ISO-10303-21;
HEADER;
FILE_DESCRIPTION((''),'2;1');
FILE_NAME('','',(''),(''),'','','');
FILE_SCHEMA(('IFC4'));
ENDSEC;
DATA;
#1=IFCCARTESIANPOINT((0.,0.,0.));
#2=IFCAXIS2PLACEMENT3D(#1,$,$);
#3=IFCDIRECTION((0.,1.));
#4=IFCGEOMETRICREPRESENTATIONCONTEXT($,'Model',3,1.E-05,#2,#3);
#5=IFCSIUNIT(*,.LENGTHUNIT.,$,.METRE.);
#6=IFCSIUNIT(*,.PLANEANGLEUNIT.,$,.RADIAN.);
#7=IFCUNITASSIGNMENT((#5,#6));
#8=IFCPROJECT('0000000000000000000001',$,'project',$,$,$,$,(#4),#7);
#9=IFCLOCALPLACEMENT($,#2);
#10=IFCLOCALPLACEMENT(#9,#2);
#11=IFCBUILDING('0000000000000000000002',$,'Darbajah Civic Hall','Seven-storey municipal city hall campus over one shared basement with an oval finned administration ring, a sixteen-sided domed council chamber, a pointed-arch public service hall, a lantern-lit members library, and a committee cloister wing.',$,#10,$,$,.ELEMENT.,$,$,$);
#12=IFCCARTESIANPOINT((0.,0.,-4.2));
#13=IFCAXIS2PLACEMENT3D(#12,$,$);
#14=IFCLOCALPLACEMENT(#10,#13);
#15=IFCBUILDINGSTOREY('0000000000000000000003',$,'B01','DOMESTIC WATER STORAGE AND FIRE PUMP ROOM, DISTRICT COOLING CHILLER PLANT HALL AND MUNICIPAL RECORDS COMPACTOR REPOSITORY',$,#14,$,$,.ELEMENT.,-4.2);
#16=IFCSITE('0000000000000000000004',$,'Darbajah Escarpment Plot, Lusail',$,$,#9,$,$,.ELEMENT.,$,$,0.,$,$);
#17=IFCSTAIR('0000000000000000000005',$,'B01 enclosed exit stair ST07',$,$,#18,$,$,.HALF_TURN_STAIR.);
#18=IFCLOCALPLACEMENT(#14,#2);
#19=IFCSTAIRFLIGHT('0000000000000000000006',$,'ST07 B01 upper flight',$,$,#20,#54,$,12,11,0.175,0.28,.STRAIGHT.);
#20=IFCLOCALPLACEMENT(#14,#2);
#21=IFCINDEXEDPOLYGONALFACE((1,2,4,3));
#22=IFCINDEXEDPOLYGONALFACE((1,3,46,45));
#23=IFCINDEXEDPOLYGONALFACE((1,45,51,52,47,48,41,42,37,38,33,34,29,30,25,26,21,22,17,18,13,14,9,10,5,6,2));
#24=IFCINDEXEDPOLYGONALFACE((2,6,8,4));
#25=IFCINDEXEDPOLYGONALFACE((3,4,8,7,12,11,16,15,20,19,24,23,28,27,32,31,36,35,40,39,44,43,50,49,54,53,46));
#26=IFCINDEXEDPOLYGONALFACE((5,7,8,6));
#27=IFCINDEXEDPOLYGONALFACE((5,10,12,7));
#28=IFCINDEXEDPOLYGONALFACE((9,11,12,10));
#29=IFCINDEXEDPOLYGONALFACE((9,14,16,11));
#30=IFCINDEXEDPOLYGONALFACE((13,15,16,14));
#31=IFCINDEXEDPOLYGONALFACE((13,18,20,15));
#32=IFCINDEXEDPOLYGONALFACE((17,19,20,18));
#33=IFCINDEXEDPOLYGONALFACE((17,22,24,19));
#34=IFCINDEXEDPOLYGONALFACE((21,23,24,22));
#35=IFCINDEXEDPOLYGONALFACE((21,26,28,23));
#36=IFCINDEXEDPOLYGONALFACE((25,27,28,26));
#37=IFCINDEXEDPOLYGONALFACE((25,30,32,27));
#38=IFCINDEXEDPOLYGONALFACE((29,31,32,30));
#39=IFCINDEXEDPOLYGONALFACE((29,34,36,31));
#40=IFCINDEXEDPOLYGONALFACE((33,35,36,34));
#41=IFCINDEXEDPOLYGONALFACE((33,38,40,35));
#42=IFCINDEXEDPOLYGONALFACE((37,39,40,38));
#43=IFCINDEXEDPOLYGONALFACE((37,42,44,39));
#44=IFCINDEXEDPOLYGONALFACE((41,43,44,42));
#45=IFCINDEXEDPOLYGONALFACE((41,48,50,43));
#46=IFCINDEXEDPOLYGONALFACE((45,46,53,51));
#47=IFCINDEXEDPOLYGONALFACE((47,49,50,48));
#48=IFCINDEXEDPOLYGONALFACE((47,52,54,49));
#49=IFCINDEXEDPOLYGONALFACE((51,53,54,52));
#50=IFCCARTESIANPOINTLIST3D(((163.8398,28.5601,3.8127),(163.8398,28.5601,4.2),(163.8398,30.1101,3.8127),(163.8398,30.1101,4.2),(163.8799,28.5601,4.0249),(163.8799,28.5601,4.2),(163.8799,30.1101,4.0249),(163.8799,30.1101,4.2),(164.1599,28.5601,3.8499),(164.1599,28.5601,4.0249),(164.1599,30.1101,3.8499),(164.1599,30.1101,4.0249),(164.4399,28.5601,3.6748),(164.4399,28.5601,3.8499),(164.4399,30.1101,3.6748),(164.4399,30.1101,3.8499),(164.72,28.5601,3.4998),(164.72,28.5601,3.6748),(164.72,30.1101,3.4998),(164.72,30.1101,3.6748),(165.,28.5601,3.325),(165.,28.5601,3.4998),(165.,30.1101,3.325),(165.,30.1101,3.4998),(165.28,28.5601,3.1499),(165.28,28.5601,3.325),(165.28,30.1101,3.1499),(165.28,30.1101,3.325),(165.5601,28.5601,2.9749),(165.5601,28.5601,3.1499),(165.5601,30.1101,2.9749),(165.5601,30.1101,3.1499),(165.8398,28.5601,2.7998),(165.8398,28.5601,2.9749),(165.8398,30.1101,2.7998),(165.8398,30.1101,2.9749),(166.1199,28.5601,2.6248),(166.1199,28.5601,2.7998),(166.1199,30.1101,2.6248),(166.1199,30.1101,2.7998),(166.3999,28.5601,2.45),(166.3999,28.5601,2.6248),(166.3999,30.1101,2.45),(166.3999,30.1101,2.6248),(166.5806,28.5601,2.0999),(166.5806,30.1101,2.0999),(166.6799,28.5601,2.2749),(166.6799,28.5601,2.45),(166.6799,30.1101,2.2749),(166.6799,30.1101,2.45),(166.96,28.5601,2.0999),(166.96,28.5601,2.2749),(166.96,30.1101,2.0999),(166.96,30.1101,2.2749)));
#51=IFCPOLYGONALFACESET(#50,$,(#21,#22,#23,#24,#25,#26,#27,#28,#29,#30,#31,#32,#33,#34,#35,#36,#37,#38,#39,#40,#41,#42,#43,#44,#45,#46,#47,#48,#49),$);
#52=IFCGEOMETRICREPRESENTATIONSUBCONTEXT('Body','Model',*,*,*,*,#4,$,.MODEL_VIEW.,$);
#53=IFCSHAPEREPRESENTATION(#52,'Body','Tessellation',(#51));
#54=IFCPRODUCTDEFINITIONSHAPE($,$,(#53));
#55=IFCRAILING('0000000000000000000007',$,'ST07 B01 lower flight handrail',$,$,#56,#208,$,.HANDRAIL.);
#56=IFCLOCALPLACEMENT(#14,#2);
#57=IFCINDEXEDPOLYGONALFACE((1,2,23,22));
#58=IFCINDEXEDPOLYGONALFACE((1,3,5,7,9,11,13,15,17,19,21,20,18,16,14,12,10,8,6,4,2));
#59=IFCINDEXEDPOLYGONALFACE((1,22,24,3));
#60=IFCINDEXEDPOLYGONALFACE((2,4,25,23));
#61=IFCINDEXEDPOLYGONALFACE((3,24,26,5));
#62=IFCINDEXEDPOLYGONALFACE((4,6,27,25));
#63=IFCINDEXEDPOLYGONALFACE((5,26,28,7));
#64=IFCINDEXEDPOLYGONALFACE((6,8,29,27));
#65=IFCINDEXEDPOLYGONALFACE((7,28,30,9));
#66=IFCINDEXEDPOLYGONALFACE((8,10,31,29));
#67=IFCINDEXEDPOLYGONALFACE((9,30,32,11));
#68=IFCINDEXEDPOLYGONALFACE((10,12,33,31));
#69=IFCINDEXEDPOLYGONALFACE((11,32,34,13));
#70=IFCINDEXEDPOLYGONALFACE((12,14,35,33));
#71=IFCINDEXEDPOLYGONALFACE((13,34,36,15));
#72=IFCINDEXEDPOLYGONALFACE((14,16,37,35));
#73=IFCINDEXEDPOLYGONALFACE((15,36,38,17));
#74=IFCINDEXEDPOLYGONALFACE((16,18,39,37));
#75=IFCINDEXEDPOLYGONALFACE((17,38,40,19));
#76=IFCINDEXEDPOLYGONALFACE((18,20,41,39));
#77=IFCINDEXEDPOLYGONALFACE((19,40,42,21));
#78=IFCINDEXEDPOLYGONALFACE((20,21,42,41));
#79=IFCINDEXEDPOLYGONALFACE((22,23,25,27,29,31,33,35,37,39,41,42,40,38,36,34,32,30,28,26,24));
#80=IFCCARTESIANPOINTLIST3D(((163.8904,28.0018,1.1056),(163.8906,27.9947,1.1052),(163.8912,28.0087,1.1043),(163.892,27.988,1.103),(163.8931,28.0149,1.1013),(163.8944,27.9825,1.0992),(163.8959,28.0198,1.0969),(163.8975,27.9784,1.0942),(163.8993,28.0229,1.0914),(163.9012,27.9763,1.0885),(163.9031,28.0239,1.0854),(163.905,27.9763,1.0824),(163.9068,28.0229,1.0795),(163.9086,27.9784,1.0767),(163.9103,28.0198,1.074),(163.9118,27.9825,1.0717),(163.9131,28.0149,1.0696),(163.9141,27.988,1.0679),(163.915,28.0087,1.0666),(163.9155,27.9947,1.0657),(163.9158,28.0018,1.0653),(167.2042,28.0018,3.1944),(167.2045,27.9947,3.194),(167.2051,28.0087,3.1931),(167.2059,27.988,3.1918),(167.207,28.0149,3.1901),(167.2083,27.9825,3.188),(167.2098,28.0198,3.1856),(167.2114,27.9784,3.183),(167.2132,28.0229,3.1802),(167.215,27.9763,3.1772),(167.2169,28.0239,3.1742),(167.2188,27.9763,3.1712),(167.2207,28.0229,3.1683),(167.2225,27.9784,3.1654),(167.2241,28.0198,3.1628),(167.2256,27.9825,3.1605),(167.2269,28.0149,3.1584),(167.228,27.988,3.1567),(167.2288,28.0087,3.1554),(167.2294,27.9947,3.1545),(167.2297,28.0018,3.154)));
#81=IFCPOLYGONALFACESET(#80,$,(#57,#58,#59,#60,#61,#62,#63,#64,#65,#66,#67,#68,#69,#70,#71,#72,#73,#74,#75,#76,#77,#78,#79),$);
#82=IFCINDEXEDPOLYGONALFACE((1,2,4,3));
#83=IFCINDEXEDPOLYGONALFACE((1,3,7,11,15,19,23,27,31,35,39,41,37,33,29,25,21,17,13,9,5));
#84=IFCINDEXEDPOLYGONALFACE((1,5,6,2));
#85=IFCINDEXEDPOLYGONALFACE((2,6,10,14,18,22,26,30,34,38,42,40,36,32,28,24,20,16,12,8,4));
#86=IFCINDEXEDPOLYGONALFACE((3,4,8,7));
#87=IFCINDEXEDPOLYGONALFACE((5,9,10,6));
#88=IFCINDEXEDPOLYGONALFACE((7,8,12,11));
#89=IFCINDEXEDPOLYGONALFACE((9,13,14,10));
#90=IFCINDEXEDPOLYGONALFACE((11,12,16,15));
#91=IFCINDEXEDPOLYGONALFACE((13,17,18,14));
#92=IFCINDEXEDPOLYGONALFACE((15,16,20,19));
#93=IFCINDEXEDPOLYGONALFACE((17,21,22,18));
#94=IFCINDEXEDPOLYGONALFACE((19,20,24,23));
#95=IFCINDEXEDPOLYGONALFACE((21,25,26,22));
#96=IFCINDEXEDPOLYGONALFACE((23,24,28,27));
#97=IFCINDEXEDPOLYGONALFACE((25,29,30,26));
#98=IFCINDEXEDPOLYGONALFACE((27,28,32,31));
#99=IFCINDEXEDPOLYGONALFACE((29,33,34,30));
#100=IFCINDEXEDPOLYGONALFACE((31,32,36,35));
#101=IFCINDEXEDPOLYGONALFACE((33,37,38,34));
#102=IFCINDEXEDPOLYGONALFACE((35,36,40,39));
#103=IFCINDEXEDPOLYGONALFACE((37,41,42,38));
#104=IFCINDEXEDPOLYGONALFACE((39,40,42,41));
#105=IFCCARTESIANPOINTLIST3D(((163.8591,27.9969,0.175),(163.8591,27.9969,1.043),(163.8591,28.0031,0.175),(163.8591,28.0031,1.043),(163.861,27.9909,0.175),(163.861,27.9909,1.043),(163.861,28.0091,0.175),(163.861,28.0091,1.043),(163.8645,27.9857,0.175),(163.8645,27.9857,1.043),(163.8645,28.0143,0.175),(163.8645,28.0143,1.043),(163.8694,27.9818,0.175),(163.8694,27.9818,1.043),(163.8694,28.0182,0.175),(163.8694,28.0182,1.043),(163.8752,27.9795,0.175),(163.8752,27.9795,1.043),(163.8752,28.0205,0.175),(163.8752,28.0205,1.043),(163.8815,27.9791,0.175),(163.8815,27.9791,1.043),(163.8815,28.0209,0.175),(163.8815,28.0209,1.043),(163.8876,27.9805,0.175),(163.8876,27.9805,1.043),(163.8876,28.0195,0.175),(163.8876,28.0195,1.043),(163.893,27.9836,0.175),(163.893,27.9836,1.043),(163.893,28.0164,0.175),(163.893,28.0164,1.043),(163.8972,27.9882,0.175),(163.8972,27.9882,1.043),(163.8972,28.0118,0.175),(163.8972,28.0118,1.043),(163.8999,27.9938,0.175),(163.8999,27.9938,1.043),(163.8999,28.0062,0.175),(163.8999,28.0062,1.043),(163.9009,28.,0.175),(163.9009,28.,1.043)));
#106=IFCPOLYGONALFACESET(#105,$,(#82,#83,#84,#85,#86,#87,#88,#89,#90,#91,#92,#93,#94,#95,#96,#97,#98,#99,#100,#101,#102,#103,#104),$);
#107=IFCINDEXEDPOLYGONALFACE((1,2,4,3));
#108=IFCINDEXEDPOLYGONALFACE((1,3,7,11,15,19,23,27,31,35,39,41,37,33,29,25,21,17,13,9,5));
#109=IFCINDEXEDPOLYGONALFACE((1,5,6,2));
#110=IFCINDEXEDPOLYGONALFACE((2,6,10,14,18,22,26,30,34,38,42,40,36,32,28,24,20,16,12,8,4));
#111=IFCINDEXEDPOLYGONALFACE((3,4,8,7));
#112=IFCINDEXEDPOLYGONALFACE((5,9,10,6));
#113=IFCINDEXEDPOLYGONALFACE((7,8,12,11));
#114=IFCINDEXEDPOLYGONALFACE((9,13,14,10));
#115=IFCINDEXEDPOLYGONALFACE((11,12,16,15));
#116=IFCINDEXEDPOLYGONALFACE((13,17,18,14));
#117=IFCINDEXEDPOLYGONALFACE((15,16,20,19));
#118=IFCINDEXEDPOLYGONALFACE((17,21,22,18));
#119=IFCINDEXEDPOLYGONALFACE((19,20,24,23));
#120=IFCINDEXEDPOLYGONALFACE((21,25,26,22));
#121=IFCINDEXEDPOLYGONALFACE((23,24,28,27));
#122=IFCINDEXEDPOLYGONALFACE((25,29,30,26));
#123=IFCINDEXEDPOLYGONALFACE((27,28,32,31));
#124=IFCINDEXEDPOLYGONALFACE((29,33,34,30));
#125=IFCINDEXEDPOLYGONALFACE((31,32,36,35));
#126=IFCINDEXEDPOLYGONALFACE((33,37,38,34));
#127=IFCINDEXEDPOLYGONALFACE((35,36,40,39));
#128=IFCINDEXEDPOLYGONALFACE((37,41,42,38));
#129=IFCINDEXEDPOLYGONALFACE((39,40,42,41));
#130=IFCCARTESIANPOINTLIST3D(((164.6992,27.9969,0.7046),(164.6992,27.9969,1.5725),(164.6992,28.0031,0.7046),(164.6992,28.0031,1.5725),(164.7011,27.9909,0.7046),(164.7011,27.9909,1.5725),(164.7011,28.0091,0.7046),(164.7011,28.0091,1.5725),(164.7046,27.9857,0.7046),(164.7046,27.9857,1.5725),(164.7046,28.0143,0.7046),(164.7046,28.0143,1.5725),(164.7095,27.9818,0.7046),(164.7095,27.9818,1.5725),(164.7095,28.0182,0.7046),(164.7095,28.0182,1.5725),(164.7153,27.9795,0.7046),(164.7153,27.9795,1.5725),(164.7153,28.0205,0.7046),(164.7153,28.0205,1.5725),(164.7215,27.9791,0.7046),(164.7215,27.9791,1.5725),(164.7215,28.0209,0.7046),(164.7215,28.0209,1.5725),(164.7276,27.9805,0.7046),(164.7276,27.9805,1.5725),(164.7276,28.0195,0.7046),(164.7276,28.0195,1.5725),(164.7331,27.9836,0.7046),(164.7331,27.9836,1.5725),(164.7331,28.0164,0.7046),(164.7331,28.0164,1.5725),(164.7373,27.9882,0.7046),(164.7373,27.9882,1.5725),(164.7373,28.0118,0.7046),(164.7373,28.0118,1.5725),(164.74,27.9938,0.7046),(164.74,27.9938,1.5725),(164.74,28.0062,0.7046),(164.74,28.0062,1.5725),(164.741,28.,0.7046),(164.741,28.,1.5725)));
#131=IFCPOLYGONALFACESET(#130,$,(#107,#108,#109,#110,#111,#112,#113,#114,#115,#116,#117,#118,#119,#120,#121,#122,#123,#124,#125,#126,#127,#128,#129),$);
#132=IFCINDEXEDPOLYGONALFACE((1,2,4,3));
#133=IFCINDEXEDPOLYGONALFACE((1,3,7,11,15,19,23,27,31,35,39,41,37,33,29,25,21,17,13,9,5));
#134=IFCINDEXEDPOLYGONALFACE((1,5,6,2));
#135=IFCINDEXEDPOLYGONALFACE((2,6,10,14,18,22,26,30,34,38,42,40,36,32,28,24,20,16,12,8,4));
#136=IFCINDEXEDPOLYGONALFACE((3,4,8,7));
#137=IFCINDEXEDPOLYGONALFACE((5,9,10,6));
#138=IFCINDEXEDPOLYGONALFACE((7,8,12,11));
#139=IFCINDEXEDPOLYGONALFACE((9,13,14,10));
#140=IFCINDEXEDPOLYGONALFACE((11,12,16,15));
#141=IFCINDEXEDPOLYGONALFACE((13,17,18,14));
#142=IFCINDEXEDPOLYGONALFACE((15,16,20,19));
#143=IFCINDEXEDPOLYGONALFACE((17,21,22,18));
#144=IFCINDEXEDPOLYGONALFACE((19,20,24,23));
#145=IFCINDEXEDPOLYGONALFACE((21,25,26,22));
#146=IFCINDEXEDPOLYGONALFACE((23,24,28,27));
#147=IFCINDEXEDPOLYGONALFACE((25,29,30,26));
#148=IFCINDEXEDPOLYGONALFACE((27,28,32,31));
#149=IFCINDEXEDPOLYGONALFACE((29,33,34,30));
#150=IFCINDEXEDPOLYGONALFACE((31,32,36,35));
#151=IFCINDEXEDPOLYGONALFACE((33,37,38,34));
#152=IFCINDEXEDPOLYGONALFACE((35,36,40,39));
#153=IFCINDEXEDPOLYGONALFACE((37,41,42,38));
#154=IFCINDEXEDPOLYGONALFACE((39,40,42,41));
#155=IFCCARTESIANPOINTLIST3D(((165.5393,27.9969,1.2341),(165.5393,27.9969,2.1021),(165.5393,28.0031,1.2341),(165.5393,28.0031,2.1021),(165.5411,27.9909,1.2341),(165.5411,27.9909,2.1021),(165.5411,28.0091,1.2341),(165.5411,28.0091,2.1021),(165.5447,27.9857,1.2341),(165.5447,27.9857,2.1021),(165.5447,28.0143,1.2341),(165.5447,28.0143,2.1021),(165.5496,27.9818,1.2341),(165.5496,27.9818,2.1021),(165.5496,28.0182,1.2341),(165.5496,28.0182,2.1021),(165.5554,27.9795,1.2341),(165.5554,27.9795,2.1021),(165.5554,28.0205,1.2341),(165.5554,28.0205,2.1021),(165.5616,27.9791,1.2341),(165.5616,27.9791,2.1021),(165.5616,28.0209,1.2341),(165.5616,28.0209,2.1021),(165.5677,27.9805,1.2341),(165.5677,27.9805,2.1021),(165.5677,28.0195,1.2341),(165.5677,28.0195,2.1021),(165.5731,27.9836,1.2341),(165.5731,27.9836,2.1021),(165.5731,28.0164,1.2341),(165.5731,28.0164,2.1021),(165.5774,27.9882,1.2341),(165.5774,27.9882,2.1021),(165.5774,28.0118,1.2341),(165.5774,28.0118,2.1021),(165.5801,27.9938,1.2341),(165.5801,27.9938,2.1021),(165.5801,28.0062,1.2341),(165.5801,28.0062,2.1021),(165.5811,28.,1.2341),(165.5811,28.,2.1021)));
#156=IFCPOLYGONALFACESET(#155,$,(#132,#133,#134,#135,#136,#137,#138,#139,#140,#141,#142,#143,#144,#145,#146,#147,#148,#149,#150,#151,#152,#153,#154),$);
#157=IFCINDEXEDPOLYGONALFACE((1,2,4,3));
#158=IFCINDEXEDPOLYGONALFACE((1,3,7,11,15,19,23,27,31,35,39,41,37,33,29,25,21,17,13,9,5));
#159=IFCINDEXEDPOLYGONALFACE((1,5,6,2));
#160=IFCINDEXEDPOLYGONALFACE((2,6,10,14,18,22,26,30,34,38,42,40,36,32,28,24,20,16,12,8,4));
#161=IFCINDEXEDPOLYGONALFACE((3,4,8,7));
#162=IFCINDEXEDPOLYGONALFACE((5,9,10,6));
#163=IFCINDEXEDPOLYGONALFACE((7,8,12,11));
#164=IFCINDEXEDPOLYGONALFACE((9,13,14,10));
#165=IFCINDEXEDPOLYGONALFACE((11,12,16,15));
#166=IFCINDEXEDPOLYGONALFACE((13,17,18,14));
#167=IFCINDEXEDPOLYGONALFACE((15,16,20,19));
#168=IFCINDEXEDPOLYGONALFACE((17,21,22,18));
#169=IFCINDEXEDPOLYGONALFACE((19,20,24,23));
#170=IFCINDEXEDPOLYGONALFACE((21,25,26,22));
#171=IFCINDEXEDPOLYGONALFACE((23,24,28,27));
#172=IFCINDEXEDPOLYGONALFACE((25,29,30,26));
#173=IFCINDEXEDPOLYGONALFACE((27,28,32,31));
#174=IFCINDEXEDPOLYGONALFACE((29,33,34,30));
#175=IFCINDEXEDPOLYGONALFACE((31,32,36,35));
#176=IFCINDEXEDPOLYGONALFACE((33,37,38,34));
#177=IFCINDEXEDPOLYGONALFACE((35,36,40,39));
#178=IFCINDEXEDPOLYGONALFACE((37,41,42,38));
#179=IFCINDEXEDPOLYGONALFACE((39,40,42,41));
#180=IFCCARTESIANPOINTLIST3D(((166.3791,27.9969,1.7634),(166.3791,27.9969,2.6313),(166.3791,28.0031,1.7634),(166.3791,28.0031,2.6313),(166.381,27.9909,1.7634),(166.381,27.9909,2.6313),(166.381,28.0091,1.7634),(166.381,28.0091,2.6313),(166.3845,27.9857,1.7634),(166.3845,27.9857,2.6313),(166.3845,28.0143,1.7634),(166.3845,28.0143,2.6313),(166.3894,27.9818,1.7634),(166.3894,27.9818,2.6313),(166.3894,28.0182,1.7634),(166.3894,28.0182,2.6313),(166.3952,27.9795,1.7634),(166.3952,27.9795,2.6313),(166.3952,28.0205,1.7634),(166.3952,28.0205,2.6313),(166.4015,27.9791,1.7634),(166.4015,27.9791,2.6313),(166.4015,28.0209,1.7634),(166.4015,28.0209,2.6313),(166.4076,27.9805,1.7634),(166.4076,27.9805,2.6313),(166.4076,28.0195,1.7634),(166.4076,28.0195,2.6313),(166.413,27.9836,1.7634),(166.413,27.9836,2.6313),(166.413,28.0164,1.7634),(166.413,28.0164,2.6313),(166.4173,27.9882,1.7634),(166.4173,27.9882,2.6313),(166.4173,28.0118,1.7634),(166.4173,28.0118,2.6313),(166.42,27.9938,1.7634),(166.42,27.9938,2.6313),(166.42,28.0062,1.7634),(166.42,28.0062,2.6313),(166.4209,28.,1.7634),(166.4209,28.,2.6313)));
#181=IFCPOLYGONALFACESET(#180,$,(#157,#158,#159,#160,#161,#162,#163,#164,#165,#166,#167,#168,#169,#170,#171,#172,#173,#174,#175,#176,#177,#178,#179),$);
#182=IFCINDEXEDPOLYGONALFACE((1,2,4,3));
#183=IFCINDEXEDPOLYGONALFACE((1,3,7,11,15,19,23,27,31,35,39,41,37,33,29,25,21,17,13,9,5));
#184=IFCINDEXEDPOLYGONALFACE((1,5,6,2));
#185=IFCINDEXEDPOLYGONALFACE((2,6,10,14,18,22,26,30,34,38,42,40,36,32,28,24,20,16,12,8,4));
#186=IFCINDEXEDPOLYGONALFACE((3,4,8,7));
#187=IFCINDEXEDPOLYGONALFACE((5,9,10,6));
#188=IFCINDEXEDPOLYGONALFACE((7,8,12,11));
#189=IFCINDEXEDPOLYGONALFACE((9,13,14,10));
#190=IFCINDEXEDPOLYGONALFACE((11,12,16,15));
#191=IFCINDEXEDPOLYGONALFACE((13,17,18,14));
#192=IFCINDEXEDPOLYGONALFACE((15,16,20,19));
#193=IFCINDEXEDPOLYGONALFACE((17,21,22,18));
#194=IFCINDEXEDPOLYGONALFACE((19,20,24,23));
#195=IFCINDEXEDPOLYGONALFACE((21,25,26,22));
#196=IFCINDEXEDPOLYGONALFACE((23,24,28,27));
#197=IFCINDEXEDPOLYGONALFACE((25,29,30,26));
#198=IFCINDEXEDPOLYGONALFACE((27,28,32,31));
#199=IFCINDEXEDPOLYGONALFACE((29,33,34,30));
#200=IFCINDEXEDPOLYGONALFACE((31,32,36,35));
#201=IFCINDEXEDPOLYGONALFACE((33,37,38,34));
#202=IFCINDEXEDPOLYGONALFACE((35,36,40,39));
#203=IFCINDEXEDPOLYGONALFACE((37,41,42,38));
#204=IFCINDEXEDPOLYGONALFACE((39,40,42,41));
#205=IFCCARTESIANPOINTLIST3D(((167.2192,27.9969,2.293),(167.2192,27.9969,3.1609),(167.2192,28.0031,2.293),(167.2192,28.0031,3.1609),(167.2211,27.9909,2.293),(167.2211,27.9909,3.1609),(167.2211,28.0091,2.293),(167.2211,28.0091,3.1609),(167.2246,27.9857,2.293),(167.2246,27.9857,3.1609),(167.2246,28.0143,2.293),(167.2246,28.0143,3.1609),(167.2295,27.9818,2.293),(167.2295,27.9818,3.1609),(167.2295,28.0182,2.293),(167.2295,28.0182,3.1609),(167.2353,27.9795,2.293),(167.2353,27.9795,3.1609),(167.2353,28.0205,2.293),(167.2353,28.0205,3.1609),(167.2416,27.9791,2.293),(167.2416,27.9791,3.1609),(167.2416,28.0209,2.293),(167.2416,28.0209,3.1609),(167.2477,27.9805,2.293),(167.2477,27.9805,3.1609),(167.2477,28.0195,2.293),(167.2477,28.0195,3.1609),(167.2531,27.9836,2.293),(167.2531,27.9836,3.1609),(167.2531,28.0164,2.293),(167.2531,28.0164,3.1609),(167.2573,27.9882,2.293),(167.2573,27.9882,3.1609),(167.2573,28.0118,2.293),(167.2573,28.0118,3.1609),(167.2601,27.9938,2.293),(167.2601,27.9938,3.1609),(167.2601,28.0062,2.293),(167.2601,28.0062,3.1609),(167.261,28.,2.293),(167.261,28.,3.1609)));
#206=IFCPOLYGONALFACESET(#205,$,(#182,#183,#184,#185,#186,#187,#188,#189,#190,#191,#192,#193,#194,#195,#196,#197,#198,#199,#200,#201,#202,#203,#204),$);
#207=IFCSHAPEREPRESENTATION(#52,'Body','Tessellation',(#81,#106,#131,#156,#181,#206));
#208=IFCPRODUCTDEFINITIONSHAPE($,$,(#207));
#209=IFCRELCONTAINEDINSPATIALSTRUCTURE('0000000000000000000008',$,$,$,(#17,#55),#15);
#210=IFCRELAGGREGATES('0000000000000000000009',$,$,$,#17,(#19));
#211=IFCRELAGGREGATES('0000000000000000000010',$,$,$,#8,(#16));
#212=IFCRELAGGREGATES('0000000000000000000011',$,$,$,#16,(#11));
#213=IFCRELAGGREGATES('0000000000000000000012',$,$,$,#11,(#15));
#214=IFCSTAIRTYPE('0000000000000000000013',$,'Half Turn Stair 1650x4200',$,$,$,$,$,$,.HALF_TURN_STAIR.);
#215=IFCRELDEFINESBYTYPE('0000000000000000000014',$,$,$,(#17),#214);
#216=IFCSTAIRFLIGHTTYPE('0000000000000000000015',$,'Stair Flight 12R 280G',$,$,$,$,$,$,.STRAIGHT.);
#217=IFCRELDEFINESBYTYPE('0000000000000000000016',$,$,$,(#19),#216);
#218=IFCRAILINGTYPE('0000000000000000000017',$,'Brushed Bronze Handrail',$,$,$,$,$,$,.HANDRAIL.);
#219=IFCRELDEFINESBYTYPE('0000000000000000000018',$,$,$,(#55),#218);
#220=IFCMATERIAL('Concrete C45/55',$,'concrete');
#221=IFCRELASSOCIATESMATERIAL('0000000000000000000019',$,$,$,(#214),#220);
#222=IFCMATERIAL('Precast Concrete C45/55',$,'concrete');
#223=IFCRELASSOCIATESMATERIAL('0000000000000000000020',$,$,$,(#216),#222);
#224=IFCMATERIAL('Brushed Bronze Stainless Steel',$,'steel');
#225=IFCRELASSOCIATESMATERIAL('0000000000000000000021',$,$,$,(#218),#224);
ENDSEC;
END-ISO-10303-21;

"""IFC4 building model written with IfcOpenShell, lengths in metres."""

from ifc_helpers import new_model, si_unit, direction, frame, origin, origin_2d, place, context, subcontext, project, spatial, polyline, circle, outline, extrude, material, type_object, element, aggregate, save


model = new_model("IFC4")

# Units and contexts
model_context = context("Model", 3, precision=1e-05, world=origin(), true_north=direction((0.0, 1.0)))
body_context = subcontext(model_context, "Body", "Model", "MODEL_VIEW")
ifc_project = project(units=[si_unit("LENGTHUNIT", "METRE"), si_unit("PLANEANGLEUNIT", "RADIAN")], contexts=[model_context])

# Site, building, storey
site_placement = place(None, origin())
site = spatial("IfcSite", under=ifc_project, at=site_placement, Name="Darbajah Escarpment Plot, Lusail", CompositionType="ELEMENT", RefElevation=0.0)
building_placement = place(site_placement, origin())
building = spatial("IfcBuilding", under=site, at=building_placement, Name="Darbajah Civic Hall", Description="Seven-storey municipal city hall campus over one shared basement with an oval finned administration ring, a sixteen-sided domed council chamber, a pointed-arch public service hall, a lantern-lit members library, and a committee cloister wing.", CompositionType="ELEMENT")
storey_placement = place(building_placement, frame((0.0, 0.0, -4.2)))
storey = spatial("IfcBuildingStorey", under=building, at=storey_placement, Name="B01", Description="DOMESTIC WATER STORAGE AND FIRE PUMP ROOM, DISTRICT COOLING CHILLER PLANT HALL AND MUNICIPAL RECORDS COMPACTOR REPOSITORY", CompositionType="ELEMENT", Elevation=-4.2)

# Shared definitions
ifc_material_1 = material(Name="Concrete C45/55", Category="concrete")

# Stair, stair flight
stair_type = type_object("IfcStairType", Name="Half Turn Stair 1650x4200", PredefinedType="HALF_TURN_STAIR", material=ifc_material_1)
stair_placement = place(storey_placement, origin())
stair = element("IfcStair", 1, at=stair_placement, inside=storey, type_object=stair_type, Name="B01 enclosed exit stair ST07", PredefinedType="HALF_TURN_STAIR")
ifc_material_2 = material(Name="Precast Concrete C45/55", Category="concrete")
stair_flight_type = type_object("IfcStairFlightType", Name="Stair Flight 12R 280G", PredefinedType="STRAIGHT", material=ifc_material_2)
stair_flight_1_placement = place(storey_placement, frame((166.96, 29.335, 2.0999), z_axis=(0.0, 0.0, 1.0), x_axis=(-1.0, 0.0, 0.0)))
stair_flight_1 = element("IfcStairFlight", 2, at=stair_flight_1_placement, type_object=stair_flight_type, Name="ST07 B01 upper flight", NumberOfRisers=12, NumberOfTreads=11, PredefinedType="STRAIGHT", RiserHeight=0.175, TreadLength=0.28, context=body_context, shape_type="SweptSolid", body=[
    extrude(outline(polyline([(0.0, 0.0), (0.0, 0.175), (0.28, 0.175), (0.28, 0.3501), (0.5601, 0.3501), (0.5601, 0.5249), (0.8401, 0.5249), (0.8401, 0.7), (1.1201, 0.7), (1.1201, 0.875), (1.3999, 0.875), (1.3999, 1.05), (1.6799, 1.05), (1.6799, 1.2251), (1.96, 1.2251), (1.96, 1.3999), (2.24, 1.3999), (2.24, 1.575), (2.52, 1.575), (2.52, 1.75), (2.8, 1.75), (2.8, 1.925), (3.0801, 1.925), (3.0801, 2.1001), (3.1201, 2.1001), (3.1201, 1.7129), (0.3794, 0.0), (0.0, 0.0)])), frame((0.0, 0.7749, 0.0), z_axis=(0.0, -1.0, 0.0), x_axis=(1.0, 0.0, 0.0)), (0.0, 0.0, 1.0), 1.55),
])
aggregate(stair, [stair_flight_1])

# Railing
ifc_material_3 = material(Name="Brushed Bronze Stainless Steel", Category="steel")
railing_type_1 = type_object("IfcRailingType", Name="Brushed Bronze Handrail", PredefinedType="HANDRAIL", material=ifc_material_3)
railing_1_placement = place(storey_placement, frame((163.8799, 28.0, 0.175)))
element("IfcRailing", 3, at=railing_1_placement, inside=storey, type_object=railing_type_1, Name="ST07 B01 lower flight handrail", PredefinedType="HANDRAIL", context=body_context, shape_type="SweptSolid", body=[
    extrude(circle(Radius=0.0239, at=origin_2d()), frame((0.0232, 0.0, 0.9104), z_axis=(0.845972, 0.0, 0.533227), x_axis=(0.0, 1.0, 0.0)), (0.0, 0.0, 1.0), 3.9172),
    extrude(circle(Radius=0.021, at=origin_2d()), origin(), (0.0, 0.0, 1.0), 0.8679),
    extrude(circle(Radius=0.021, at=origin_2d()), frame((0.8401, 0.0, 0.5295)), (0.0, 0.0, 1.0), 0.8679),
    extrude(circle(Radius=0.021, at=origin_2d()), frame((1.6802, 0.0, 1.0591)), (0.0, 0.0, 1.0), 0.8679),
    extrude(circle(Radius=0.021, at=origin_2d()), frame((2.52, 0.0, 1.5884)), (0.0, 0.0, 1.0), 0.8679),
    extrude(circle(Radius=0.021, at=origin_2d()), frame((3.3601, 0.0, 2.1179)), (0.0, 0.0, 1.0), 0.8679),
])

save(model, "model.ifc")
